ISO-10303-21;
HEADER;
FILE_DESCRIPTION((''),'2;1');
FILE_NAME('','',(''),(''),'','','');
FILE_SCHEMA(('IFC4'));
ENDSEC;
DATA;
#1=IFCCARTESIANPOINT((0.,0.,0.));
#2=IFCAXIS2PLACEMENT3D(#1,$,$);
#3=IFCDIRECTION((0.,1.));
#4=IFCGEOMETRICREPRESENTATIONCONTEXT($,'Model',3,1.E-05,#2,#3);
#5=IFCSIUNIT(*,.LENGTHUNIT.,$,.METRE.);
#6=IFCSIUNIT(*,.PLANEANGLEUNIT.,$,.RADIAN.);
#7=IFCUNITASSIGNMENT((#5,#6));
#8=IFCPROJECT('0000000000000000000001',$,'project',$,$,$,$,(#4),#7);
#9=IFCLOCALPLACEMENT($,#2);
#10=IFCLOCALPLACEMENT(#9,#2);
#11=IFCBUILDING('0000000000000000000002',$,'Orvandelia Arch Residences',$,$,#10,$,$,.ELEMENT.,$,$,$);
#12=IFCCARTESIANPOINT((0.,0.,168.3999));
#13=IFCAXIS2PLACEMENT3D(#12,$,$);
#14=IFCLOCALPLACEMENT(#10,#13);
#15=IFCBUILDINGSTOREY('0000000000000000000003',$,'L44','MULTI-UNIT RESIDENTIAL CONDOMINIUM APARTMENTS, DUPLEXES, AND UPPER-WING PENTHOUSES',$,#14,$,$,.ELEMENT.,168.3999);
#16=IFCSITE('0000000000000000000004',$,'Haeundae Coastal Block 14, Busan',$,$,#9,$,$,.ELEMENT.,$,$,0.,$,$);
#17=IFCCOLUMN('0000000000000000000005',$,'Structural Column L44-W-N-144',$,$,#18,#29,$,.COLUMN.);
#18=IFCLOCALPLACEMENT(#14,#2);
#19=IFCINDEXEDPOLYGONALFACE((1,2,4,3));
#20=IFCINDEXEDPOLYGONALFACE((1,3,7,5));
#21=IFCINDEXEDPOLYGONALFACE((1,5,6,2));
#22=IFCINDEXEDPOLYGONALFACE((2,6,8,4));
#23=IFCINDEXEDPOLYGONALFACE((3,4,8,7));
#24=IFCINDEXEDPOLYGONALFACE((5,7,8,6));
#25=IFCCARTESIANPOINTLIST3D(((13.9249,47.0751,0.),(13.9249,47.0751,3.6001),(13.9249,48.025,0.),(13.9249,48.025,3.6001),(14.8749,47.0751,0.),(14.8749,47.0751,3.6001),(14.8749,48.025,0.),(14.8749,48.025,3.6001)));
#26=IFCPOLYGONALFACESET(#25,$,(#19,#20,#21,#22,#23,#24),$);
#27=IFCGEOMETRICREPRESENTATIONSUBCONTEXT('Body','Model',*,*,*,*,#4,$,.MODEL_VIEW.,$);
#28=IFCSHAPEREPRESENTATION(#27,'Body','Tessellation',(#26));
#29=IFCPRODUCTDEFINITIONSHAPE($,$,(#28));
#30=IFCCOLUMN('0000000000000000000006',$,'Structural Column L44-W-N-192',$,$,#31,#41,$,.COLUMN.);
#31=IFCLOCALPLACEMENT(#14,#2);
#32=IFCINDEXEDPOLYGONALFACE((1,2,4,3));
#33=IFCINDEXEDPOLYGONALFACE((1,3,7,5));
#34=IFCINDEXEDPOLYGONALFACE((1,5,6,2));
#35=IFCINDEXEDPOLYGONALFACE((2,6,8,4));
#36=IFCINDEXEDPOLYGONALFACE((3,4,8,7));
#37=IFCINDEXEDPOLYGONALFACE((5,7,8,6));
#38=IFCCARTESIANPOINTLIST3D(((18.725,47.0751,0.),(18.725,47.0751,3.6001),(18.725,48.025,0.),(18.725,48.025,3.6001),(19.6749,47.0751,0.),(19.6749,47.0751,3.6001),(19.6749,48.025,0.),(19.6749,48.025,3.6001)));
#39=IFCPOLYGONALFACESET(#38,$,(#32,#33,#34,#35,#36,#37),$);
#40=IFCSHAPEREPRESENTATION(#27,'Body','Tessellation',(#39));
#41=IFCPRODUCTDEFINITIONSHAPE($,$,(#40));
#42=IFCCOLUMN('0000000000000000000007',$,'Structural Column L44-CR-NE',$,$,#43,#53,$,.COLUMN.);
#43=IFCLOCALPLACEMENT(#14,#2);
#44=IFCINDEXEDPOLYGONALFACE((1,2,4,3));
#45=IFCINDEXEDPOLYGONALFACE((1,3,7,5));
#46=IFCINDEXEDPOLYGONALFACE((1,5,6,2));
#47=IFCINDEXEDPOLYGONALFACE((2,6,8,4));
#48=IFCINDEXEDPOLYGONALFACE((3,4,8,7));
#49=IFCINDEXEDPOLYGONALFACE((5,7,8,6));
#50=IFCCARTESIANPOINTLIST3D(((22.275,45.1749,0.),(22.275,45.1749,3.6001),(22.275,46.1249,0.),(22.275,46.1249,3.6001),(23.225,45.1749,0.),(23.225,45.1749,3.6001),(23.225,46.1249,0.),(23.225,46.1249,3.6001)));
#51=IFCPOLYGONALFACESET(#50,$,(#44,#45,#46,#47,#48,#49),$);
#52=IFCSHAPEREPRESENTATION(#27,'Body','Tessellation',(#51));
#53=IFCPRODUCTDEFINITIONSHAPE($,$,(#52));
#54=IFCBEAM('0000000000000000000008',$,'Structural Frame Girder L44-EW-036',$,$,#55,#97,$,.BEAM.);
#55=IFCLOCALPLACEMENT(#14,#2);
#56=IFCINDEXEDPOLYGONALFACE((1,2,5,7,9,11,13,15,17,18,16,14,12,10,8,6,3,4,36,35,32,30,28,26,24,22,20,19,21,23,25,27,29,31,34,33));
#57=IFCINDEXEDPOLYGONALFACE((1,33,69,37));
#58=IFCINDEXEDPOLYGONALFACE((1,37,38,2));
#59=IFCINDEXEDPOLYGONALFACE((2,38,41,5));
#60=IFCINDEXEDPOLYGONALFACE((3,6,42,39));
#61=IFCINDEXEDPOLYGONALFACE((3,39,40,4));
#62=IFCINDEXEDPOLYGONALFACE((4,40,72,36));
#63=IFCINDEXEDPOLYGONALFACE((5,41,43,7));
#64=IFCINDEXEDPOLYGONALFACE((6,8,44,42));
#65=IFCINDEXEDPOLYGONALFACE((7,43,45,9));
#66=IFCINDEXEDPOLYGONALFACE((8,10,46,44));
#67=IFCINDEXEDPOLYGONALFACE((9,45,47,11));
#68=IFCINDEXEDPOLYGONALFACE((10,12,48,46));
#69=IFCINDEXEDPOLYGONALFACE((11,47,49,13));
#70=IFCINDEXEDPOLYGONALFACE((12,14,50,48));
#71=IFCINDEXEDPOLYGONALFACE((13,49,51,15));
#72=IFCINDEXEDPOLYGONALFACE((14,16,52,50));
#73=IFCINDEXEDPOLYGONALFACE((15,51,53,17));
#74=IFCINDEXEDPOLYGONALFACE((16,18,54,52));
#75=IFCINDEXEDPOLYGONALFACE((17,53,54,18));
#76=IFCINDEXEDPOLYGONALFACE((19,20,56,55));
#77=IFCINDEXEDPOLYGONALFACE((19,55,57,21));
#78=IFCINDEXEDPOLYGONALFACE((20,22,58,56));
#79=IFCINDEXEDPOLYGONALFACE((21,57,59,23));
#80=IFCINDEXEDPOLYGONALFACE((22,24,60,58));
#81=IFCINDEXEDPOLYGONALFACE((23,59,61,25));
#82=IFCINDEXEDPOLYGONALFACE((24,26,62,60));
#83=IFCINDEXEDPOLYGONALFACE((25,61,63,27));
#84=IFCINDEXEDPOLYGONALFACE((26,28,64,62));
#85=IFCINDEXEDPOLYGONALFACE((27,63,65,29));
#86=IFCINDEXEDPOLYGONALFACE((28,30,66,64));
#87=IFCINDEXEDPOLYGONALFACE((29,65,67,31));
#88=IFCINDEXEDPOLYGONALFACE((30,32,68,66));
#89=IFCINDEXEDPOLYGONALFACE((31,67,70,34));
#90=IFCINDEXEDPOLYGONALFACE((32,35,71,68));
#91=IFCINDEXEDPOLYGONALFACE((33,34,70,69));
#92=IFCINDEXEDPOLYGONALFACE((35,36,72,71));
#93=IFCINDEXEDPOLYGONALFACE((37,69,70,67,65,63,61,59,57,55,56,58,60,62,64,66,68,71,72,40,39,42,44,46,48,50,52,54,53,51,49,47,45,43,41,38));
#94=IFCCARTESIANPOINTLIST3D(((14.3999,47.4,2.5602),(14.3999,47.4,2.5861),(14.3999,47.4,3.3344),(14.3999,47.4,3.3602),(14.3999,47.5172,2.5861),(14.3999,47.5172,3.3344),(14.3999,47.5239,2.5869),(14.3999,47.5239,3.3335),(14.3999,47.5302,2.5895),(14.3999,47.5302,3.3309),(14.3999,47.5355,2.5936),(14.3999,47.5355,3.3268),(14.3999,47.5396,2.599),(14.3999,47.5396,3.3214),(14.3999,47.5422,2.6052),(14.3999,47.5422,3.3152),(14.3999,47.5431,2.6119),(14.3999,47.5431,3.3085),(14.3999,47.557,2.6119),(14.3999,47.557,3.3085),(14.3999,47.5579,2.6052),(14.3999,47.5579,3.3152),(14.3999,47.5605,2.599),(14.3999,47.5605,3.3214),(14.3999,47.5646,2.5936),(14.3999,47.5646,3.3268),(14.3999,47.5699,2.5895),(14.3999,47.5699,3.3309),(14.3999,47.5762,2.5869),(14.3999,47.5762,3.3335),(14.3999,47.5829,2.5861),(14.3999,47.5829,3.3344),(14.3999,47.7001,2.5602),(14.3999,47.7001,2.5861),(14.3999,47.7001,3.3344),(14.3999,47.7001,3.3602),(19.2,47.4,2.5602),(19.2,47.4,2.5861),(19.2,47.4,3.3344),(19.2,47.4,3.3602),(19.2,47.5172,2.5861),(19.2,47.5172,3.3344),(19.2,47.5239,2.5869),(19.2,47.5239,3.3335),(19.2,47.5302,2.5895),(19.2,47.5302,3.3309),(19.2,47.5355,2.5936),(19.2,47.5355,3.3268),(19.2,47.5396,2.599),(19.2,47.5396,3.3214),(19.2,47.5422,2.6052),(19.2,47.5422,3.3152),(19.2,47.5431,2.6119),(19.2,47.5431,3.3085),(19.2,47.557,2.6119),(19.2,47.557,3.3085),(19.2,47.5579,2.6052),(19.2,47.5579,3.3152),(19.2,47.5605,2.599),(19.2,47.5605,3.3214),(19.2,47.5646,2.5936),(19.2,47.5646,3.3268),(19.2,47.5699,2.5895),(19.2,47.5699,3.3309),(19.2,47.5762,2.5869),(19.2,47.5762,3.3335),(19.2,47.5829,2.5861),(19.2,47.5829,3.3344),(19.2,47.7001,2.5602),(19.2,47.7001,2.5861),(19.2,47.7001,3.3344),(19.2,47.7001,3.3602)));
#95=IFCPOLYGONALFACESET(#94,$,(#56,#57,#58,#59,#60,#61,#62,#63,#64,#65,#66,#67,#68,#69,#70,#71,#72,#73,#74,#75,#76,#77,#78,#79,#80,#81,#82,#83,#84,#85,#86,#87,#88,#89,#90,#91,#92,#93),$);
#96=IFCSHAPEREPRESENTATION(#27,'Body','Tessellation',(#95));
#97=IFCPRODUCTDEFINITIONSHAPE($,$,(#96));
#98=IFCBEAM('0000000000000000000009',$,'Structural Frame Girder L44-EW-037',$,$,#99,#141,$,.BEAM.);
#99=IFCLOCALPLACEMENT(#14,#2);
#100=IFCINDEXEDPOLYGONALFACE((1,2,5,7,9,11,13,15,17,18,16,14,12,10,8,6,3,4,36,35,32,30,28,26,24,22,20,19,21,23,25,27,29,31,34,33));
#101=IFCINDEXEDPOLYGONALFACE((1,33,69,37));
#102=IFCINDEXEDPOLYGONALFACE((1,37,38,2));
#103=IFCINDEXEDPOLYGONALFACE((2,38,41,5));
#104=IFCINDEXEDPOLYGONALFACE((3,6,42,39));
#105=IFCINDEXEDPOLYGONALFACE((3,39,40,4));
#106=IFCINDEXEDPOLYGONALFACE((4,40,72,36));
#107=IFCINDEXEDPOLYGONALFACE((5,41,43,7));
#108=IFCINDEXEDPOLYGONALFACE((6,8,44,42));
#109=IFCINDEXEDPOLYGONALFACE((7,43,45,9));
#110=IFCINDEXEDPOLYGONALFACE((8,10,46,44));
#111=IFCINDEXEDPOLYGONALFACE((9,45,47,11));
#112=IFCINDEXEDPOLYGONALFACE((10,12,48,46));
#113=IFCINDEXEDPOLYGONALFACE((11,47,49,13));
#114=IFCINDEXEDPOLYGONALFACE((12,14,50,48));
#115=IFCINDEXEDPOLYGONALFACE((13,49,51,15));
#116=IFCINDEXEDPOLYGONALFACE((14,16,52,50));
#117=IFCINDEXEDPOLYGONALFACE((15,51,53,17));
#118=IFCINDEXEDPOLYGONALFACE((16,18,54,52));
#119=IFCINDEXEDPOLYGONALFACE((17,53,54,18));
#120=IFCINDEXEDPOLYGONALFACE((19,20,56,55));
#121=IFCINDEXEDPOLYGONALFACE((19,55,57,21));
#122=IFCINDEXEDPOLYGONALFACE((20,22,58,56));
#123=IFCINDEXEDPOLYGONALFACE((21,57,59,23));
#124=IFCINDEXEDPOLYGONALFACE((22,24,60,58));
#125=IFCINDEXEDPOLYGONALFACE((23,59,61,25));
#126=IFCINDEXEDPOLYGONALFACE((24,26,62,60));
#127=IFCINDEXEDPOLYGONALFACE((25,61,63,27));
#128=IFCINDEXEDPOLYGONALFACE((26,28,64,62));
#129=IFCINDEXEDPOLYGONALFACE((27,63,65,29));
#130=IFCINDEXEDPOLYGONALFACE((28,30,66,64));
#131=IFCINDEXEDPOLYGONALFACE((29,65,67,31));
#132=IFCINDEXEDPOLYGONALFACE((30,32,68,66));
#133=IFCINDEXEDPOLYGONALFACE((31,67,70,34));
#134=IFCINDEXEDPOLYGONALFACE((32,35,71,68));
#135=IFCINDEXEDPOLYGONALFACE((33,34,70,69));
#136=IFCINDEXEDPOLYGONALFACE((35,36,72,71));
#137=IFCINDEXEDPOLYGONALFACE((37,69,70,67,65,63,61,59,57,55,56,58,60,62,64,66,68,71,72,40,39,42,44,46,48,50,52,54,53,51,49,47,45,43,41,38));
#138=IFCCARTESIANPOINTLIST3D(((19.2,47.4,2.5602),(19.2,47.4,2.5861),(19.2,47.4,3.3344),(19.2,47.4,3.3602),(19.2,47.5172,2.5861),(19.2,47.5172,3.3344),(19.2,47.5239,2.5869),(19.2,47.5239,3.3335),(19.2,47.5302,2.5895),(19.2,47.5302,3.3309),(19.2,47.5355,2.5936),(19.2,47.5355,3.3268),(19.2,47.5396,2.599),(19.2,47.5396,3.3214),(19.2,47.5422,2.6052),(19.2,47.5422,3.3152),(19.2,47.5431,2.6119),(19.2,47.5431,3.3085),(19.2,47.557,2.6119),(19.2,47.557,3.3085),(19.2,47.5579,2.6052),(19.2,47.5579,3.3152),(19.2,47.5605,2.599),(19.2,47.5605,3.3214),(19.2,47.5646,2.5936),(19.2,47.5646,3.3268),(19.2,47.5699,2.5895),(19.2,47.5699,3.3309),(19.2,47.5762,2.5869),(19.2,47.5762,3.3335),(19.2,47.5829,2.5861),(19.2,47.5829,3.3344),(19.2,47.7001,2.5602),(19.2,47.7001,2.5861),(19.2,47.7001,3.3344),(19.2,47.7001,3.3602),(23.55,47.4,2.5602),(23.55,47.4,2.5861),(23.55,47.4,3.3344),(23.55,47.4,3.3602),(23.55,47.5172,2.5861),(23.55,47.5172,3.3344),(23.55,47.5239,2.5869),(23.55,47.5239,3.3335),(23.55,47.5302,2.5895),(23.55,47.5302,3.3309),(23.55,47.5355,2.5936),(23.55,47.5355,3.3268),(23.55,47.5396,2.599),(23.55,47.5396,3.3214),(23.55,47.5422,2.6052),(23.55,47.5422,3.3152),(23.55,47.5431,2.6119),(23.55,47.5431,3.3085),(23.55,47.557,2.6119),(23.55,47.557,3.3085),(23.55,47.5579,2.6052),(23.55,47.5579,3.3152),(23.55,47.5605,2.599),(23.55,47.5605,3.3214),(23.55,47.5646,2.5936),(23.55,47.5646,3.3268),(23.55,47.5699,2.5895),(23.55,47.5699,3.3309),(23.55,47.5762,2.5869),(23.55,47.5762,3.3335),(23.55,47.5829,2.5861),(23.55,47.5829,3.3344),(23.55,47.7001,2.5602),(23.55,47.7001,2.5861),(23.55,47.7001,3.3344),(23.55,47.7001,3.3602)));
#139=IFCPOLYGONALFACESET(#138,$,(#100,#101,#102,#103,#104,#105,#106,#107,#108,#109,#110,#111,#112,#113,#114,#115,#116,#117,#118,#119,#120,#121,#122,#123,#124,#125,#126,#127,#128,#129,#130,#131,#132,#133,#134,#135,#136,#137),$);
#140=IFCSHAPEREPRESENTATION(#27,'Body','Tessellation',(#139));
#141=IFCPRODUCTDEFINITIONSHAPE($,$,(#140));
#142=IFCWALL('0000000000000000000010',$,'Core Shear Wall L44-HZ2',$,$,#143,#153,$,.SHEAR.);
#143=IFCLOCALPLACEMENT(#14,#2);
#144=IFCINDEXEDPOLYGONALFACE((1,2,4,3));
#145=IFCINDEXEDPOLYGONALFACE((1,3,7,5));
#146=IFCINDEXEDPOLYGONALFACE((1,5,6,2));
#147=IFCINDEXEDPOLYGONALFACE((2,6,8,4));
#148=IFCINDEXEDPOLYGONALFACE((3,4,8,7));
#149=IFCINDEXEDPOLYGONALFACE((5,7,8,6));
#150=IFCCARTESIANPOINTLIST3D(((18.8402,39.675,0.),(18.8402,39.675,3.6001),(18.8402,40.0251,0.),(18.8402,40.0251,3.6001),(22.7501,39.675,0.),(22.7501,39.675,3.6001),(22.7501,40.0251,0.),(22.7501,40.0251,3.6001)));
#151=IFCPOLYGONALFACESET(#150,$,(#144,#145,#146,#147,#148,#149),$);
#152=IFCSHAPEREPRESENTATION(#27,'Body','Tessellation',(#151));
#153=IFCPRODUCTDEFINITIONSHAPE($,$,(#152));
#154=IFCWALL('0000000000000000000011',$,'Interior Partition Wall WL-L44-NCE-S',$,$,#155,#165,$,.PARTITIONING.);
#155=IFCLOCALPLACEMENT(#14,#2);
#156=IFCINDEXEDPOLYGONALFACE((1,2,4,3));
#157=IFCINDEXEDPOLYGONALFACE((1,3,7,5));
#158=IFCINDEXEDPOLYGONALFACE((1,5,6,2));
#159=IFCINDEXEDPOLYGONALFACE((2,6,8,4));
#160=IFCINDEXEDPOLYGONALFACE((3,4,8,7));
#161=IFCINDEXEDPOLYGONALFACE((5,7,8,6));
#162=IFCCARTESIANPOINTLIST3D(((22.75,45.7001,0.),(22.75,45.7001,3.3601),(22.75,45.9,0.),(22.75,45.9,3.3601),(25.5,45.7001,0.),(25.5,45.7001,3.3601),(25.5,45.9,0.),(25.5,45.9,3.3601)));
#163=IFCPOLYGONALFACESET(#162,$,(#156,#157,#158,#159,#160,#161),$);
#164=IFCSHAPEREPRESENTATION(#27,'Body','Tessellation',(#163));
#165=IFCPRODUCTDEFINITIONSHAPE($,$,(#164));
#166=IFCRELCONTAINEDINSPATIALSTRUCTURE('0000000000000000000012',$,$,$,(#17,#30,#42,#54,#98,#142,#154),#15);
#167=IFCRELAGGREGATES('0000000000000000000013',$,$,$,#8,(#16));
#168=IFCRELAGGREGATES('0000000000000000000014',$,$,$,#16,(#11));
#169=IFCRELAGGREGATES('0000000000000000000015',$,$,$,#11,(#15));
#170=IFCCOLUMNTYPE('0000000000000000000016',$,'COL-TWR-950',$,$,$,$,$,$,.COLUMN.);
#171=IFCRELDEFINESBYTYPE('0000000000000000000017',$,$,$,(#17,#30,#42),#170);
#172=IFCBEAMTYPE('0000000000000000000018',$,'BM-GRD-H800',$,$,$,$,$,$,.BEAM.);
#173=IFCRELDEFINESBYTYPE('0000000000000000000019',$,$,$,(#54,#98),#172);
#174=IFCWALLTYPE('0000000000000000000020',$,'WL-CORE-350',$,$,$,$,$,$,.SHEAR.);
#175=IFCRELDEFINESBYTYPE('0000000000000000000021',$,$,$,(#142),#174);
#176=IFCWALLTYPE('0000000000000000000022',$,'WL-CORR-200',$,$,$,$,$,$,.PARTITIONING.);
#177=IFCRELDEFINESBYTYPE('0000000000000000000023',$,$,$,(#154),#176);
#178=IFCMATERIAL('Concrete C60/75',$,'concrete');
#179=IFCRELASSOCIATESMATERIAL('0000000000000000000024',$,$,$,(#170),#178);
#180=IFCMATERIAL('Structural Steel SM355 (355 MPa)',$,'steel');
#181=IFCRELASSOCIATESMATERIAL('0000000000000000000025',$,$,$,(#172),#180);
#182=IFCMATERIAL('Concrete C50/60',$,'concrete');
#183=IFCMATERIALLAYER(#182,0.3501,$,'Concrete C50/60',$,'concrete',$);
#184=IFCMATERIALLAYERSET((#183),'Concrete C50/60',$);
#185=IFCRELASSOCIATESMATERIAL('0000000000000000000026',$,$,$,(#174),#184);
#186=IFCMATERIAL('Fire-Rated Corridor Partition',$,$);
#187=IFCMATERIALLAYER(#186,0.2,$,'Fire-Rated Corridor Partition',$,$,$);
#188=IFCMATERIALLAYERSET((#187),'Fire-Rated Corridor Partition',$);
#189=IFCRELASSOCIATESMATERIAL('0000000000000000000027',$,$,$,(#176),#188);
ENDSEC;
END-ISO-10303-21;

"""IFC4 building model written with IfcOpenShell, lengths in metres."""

from ifc_helpers import new_model, si_unit, direction, frame, frame_2d, origin, origin_2d, place, context, subcontext, project, spatial, rectangle, i_section, extrude, material, layer, layer_set, material_profile, profile_set, type_object, element, save


model = new_model("IFC4")

# Units and contexts
model_context = context("Model", 3, precision=1e-05, world=origin(), true_north=direction((0.0, 1.0)))
body_context = subcontext(model_context, "Body", "Model", "MODEL_VIEW")
ifc_project = project(units=[si_unit("LENGTHUNIT", "METRE"), si_unit("PLANEANGLEUNIT", "RADIAN")], contexts=[model_context])

# Site, building, storey
site_placement = place(None, origin())
site = spatial("IfcSite", under=ifc_project, at=site_placement, Name="Haeundae Coastal Block 14, Busan", CompositionType="ELEMENT", RefElevation=0.0)
building_placement = place(site_placement, origin())
building = spatial("IfcBuilding", under=site, at=building_placement, Name="Orvandelia Arch Residences", CompositionType="ELEMENT")
storey_placement = place(building_placement, frame((0.0, 0.0, 168.3999)))
storey = spatial("IfcBuildingStorey", under=building, at=storey_placement, Name="L44", Description="MULTI-UNIT RESIDENTIAL CONDOMINIUM APARTMENTS, DUPLEXES, AND UPPER-WING PENTHOUSES", CompositionType="ELEMENT", Elevation=168.3999)

# Columns
ifc_material_1 = material(Name="Concrete C60/75", Category="concrete")
ifc_material_profile_1 = material_profile(ifc_material_1, rectangle(XDim=0.95, YDim=0.95, at=origin_2d()), Name="Concrete C60/75", Category="concrete")
ifc_profile_set_1 = profile_set([ifc_material_profile_1], Name="Concrete C60/75")
column_type = type_object("IfcColumnType", Name="COL-TWR-950", PredefinedType="COLUMN", material=ifc_profile_set_1)
for number, where, z_axis, x_axis, name in (
    (1, (14.3999, 47.55, 0.0), (0.0, 0.0, 1.0), (1.0, 0.0, 0.0), "Structural Column L44-W-N-144"),
    (2, (19.2, 47.55, 0.0), (0.0, 0.0, 1.0), (1.0, 0.0, 0.0), "Structural Column L44-W-N-192"),
    (3, (22.75, 45.6499, 0.0), (0.0, 0.0, 1.0), (1.0, 0.0, 0.0), "Structural Column L44-CR-NE"),
):
    element("IfcColumn", number, at=place(storey_placement, frame(where, z_axis=z_axis, x_axis=x_axis)), inside=storey, type_object=column_type, Name=name, PredefinedType="COLUMN", context=body_context, shape_type="SweptSolid", body=[
        extrude(rectangle(XDim=0.95, YDim=0.95, at=origin_2d()), origin(), (0.0, 0.0, 1.0), 3.6001),
    ])

# Beams
ifc_material_2 = material(Name="Structural Steel SM355 (355 MPa)", Category="steel")
ifc_material_profile_2 = material_profile(ifc_material_2, i_section(OverallWidth=0.3, OverallDepth=0.8, WebThickness=0.0139, FlangeThickness=0.0259, FilletRadius=0.0259, at=origin_2d()), Name="Structural Steel SM355 (355 MPa)", Category="steel")
ifc_profile_set_2 = profile_set([ifc_material_profile_2], Name="Structural Steel SM355 (355 MPa)")
beam_type = type_object("IfcBeamType", Name="BM-GRD-H800", PredefinedType="BEAM", material=ifc_profile_set_2)
beam_1_placement = place(storey_placement, frame((14.3999, 47.55, 2.9602), z_axis=(1.0, 0.0, 0.0), x_axis=(0.0, 1.0, 0.0)))
element("IfcBeam", 4, at=beam_1_placement, inside=storey, type_object=beam_type, Name="Structural Frame Girder L44-EW-036", PredefinedType="BEAM", context=body_context, shape_type="SweptSolid", body=[
    extrude(i_section(OverallWidth=0.3, OverallDepth=0.8, WebThickness=0.0139, FlangeThickness=0.0259, FilletRadius=0.0259, at=origin_2d()), origin(), (0.0, 0.0, 1.0), 4.8),
])
beam_2_placement = place(storey_placement, frame((19.2, 47.55, 2.9602), z_axis=(1.0, 0.0, 0.0), x_axis=(0.0, 1.0, 0.0)))
element("IfcBeam", 5, at=beam_2_placement, inside=storey, type_object=beam_type, Name="Structural Frame Girder L44-EW-037", PredefinedType="BEAM", context=body_context, shape_type="SweptSolid", body=[
    extrude(i_section(OverallWidth=0.3, OverallDepth=0.8, WebThickness=0.0139, FlangeThickness=0.0259, FilletRadius=0.0259, at=origin_2d()), origin(), (0.0, 0.0, 1.0), 4.3501),
])

# Walls
ifc_material_3 = material(Name="Concrete C50/60", Category="concrete")
ifc_layer_1 = layer(ifc_material_3, 0.3501, Name="Concrete C50/60", Category="concrete")
ifc_layer_set_1 = layer_set([ifc_layer_1], Name="Concrete C50/60")
wall_type_1 = type_object("IfcWallType", Name="WL-CORE-350", PredefinedType="SHEAR", material=ifc_layer_set_1)
wall_1_placement = place(storey_placement, frame((18.8401, 39.8501, 0.0), z_axis=(0.0, 0.0, 1.0), x_axis=(1.0, 0.0, 0.0)))
element("IfcWall", 6, at=wall_1_placement, inside=storey, type_object=wall_type_1, Name="Core Shear Wall L44-HZ2", PredefinedType="SHEAR", context=body_context, shape_type="SweptSolid", body=[
    extrude(rectangle(XDim=3.9099, YDim=0.3501, at=frame_2d((1.9551, 0.0))), origin(), (0.0, 0.0, 1.0), 3.6001),
])
ifc_material_4 = material(Name="Fire-Rated Corridor Partition")
ifc_layer_2 = layer(ifc_material_4, 0.2, Name="Fire-Rated Corridor Partition")
ifc_layer_set_2 = layer_set([ifc_layer_2], Name="Fire-Rated Corridor Partition")
wall_type_2 = type_object("IfcWallType", Name="WL-CORR-200", PredefinedType="PARTITIONING", material=ifc_layer_set_2)
wall_2_placement = place(storey_placement, frame((22.75, 45.8, 0.0), z_axis=(0.0, 0.0, 1.0), x_axis=(1.0, 0.0, 0.0)))
element("IfcWall", 7, at=wall_2_placement, inside=storey, type_object=wall_type_2, Name="Interior Partition Wall WL-L44-NCE-S", PredefinedType="PARTITIONING", context=body_context, shape_type="SweptSolid", body=[
    extrude(rectangle(XDim=2.75, YDim=0.2, at=frame_2d((1.375, 0.0))), origin(), (0.0, 0.0, 1.0), 3.3601),
])

save(model, "model.ifc")
